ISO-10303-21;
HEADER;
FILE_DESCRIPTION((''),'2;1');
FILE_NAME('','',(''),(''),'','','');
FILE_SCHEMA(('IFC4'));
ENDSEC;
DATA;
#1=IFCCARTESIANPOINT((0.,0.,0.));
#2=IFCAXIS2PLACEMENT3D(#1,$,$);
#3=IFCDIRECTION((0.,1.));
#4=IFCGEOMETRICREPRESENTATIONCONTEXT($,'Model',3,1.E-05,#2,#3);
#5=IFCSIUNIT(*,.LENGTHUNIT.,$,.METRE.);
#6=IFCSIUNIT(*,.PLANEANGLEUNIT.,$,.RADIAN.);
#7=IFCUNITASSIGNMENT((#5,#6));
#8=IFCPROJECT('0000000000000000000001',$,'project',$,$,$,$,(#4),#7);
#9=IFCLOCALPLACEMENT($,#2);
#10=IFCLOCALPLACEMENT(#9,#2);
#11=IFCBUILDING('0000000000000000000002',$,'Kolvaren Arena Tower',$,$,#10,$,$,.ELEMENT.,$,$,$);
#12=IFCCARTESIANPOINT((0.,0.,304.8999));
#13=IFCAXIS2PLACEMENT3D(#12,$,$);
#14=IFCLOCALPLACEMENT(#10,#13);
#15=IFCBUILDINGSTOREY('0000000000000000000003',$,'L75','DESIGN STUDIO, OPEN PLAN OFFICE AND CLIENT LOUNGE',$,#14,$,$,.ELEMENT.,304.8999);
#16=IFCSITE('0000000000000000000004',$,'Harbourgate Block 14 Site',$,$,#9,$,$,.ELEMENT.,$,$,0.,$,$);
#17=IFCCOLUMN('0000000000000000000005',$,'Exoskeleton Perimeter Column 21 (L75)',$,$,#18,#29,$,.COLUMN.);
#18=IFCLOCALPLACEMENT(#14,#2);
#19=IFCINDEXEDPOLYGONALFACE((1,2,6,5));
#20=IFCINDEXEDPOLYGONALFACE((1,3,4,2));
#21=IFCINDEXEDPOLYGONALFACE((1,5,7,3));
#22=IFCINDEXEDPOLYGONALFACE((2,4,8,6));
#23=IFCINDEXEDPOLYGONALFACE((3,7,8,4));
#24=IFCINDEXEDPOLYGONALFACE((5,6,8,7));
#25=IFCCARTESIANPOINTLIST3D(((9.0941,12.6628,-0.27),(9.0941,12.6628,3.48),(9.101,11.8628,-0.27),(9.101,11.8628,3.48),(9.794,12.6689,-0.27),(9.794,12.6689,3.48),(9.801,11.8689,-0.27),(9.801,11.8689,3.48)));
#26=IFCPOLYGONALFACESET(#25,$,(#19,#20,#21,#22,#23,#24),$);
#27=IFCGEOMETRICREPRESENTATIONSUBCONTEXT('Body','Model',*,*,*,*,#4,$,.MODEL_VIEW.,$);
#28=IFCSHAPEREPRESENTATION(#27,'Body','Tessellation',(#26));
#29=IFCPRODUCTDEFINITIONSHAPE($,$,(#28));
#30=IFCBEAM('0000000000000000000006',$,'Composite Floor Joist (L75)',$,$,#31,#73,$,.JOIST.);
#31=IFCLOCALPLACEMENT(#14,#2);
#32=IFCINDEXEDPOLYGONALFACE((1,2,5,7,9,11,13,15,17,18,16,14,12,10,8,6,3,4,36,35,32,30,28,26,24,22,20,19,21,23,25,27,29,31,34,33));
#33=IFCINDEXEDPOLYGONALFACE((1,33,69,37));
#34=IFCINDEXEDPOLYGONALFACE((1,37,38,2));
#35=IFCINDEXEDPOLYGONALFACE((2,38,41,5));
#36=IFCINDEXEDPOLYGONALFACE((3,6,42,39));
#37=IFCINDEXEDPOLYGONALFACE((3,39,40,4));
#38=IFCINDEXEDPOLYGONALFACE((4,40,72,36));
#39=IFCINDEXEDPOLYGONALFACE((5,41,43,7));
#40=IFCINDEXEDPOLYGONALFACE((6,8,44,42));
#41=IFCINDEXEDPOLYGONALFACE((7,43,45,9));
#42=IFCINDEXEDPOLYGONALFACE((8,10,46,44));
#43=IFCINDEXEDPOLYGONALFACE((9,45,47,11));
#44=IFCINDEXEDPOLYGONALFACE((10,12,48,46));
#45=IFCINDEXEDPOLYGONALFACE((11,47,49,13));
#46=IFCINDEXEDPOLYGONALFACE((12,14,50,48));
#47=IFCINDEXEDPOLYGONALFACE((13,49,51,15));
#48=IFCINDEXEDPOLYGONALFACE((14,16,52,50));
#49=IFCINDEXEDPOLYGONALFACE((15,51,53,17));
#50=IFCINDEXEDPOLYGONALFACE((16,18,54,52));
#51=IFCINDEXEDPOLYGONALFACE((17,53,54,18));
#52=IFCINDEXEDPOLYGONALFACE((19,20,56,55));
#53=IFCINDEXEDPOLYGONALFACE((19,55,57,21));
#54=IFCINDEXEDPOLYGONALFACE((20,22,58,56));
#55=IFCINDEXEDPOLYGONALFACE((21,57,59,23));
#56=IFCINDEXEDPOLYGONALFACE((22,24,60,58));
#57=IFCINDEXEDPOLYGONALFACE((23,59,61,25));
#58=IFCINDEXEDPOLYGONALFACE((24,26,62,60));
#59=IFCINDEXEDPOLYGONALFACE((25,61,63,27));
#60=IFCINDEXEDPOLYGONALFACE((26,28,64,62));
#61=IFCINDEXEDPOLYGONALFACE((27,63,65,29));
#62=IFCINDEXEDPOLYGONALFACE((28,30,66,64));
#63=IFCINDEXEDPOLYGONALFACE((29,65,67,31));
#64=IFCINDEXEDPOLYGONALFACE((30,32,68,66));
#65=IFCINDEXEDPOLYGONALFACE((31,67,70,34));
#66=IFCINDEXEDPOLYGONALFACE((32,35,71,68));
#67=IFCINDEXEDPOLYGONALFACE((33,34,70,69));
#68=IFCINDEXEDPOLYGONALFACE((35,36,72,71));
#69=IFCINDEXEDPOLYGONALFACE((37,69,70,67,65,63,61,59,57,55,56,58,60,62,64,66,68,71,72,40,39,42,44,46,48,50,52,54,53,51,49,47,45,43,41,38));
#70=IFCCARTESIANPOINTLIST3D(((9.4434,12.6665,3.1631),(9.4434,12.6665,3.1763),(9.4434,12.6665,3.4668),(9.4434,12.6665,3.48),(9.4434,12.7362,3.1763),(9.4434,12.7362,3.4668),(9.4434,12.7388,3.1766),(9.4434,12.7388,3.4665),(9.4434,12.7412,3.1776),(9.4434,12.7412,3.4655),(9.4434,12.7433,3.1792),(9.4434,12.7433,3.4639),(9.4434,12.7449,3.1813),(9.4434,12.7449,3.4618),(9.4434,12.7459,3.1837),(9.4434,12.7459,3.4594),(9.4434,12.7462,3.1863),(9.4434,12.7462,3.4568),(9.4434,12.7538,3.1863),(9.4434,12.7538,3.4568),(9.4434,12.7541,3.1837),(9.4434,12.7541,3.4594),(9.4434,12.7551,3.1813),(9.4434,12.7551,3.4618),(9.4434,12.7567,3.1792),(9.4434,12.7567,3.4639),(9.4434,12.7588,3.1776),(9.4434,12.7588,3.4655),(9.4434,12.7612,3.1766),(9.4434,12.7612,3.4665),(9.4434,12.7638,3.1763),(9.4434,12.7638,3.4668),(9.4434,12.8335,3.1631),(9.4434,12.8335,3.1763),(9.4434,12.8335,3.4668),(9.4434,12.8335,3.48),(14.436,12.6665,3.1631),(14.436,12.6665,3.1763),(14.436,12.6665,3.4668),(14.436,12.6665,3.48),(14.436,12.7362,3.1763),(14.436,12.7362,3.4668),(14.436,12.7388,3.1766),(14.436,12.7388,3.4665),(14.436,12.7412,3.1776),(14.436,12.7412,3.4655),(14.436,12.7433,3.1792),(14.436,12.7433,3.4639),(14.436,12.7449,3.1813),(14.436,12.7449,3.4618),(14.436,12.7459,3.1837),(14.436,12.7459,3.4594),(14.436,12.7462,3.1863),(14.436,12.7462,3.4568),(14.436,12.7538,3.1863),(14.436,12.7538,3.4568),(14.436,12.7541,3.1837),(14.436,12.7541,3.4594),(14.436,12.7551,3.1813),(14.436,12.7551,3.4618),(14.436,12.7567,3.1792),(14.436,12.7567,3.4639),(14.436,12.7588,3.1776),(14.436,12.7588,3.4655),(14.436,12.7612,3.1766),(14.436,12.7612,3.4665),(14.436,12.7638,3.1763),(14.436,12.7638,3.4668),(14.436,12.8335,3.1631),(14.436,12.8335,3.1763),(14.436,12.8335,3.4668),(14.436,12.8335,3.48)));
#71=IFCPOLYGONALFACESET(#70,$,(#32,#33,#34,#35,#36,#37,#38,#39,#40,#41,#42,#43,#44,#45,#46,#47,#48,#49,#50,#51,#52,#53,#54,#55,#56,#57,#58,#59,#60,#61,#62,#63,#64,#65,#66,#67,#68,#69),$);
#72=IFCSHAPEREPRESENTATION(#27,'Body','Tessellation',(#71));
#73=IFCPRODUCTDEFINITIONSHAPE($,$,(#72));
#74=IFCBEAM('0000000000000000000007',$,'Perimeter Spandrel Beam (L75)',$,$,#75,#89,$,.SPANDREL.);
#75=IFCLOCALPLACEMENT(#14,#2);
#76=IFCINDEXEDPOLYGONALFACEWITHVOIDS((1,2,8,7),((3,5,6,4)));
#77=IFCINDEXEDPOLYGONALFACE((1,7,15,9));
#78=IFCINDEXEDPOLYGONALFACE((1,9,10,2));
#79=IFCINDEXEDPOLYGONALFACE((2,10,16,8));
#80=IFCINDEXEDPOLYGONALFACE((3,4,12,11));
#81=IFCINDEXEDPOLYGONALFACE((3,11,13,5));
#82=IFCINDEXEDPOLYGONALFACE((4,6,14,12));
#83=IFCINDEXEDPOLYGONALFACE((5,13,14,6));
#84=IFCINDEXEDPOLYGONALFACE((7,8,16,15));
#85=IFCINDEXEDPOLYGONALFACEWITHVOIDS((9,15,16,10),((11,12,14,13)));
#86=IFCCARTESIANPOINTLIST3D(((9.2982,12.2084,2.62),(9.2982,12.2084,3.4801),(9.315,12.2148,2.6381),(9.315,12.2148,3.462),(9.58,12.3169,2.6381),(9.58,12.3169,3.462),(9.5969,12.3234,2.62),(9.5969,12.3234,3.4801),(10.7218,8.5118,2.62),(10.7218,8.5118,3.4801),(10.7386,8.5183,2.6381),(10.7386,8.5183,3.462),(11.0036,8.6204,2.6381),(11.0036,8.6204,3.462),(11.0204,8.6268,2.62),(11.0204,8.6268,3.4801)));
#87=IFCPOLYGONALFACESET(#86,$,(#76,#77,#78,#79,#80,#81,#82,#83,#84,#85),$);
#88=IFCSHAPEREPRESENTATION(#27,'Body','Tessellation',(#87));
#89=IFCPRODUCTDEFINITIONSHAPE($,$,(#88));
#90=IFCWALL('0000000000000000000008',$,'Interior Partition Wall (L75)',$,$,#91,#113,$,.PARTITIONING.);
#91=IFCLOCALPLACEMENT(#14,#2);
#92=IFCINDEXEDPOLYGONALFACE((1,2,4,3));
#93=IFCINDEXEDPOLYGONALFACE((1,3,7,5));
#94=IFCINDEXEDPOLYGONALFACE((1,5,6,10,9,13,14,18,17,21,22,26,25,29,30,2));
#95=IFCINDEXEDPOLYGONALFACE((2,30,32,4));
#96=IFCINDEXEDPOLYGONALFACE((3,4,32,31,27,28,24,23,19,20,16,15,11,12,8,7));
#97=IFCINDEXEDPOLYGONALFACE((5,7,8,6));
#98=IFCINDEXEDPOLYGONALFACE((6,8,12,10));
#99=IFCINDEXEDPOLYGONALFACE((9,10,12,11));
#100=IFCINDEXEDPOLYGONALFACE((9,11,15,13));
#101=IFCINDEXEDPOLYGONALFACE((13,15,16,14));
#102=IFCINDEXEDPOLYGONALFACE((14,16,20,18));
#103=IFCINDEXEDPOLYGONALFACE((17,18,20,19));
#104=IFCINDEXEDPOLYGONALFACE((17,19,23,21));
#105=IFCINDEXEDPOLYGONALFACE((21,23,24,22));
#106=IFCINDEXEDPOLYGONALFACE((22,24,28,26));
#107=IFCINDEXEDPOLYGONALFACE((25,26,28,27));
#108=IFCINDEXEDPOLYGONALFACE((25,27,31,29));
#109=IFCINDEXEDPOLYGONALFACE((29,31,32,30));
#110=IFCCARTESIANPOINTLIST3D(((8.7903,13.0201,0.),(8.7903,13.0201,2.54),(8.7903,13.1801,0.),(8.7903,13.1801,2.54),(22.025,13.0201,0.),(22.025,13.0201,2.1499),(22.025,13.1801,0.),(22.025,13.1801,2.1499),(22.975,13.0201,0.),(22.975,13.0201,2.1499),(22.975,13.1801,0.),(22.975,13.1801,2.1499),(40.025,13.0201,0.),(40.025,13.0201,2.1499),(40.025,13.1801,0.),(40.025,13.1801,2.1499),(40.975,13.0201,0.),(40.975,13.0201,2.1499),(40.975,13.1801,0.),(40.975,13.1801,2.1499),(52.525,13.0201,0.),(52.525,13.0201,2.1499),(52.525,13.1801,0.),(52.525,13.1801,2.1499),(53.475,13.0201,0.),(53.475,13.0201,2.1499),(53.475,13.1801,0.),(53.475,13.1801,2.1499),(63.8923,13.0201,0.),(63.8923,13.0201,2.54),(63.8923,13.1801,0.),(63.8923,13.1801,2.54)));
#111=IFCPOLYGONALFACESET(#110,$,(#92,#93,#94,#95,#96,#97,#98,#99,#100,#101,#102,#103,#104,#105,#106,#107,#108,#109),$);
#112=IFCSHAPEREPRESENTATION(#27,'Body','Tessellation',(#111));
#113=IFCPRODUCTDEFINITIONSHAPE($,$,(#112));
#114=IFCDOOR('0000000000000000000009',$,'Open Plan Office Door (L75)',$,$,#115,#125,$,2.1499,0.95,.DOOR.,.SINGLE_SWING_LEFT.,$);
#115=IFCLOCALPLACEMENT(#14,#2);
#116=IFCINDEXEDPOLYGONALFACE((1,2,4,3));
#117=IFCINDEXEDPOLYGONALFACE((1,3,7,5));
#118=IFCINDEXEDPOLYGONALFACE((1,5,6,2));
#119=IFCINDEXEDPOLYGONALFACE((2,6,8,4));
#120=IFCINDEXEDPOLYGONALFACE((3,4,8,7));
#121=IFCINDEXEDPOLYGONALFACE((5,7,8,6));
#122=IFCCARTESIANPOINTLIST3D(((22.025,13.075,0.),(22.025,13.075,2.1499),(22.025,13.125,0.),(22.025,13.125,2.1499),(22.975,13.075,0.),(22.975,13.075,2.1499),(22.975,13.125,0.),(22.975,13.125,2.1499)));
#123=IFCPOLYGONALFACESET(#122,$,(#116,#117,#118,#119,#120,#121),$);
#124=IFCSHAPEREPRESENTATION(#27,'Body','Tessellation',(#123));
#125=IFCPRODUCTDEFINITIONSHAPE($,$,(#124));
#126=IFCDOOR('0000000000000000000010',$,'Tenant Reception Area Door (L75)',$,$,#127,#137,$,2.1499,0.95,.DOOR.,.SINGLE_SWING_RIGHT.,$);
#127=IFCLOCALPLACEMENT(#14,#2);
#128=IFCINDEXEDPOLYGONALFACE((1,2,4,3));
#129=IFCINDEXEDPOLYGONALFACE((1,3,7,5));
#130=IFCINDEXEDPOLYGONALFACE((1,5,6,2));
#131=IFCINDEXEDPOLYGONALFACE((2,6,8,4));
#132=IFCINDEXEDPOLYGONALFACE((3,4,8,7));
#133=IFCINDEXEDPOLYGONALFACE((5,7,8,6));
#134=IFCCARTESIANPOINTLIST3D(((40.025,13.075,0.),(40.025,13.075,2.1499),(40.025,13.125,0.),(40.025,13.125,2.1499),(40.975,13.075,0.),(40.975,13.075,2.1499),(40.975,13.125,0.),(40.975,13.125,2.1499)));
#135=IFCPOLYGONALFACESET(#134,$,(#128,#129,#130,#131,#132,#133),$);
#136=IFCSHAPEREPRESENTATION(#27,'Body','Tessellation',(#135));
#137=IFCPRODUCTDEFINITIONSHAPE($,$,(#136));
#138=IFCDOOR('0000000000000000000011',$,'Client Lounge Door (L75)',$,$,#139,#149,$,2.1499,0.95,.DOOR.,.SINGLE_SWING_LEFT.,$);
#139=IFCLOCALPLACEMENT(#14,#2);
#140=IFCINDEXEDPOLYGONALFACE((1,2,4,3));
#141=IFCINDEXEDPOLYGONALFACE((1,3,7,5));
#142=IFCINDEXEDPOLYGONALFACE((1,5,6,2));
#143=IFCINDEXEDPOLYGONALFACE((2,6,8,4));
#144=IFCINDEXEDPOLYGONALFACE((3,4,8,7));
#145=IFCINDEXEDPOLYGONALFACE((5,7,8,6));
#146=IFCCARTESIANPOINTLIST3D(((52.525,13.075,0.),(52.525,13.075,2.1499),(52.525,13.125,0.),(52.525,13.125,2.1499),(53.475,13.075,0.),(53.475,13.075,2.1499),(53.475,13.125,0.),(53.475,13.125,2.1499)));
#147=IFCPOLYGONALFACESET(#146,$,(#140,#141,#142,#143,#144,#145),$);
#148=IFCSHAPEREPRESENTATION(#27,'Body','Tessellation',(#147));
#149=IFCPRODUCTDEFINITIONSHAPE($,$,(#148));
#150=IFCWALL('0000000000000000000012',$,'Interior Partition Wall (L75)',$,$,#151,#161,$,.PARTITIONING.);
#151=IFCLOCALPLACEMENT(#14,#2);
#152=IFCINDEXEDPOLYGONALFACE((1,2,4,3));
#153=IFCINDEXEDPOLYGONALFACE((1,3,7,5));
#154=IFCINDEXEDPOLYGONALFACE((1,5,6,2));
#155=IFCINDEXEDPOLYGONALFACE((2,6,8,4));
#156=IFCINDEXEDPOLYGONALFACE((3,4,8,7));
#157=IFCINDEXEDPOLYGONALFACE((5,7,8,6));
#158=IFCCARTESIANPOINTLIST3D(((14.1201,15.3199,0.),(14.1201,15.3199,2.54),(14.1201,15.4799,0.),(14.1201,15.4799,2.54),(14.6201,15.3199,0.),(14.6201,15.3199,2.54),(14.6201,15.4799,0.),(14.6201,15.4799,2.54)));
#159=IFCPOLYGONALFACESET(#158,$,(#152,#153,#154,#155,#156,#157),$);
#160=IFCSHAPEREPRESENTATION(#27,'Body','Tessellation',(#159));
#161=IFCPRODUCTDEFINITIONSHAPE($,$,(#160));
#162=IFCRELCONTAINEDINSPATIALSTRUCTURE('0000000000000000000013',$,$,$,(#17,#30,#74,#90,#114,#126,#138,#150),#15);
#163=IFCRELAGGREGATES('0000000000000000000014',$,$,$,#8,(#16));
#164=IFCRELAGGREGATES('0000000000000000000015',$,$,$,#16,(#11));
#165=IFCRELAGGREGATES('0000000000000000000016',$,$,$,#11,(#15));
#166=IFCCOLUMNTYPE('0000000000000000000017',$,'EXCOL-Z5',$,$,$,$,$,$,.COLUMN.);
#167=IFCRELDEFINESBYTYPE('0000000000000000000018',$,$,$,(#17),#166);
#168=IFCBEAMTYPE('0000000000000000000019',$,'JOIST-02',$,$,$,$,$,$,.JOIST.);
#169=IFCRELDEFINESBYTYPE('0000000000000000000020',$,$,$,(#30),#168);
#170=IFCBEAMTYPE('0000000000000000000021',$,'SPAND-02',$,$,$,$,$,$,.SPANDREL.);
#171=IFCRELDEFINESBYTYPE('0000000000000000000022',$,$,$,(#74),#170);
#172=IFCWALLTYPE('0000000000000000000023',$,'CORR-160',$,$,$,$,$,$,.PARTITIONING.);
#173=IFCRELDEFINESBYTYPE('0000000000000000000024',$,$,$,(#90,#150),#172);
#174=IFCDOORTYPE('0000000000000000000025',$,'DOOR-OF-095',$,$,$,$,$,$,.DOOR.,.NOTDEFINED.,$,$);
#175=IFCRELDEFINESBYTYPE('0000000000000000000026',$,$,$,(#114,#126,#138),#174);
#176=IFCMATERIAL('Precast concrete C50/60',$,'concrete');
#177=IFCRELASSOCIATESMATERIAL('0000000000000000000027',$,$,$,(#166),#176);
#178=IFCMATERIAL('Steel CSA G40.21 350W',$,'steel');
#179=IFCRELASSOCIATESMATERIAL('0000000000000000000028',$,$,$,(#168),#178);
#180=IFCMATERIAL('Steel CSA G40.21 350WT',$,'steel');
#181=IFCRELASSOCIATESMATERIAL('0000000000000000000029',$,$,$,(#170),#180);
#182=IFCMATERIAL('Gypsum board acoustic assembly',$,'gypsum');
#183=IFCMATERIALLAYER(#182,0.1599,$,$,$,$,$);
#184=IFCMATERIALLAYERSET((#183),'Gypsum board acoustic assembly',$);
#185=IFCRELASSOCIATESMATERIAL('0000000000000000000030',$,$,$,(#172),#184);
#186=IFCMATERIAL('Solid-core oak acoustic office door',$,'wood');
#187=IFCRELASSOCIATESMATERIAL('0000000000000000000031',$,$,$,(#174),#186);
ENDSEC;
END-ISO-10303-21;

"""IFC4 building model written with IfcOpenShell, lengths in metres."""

from ifc_helpers import new_model, si_unit, direction, frame, frame_2d, origin, origin_2d, place, context, subcontext, project, spatial, rectangle, hollow_rectangle, i_section, extrude, material, layer, layer_set, material_profile, profile_set, type_object, element, fill, save


model = new_model("IFC4")

# Units and contexts
model_context = context("Model", 3, precision=1e-05, world=origin(), true_north=direction((0.0, 1.0)))
body_context = subcontext(model_context, "Body", "Model", "MODEL_VIEW")
ifc_project = project(units=[si_unit("LENGTHUNIT", "METRE"), si_unit("PLANEANGLEUNIT", "RADIAN")], contexts=[model_context])

# Site, building, storey
site_placement = place(None, origin())
site = spatial("IfcSite", under=ifc_project, at=site_placement, Name="Harbourgate Block 14 Site", CompositionType="ELEMENT", RefElevation=0.0)
building_placement = place(site_placement, origin())
building = spatial("IfcBuilding", under=site, at=building_placement, Name="Kolvaren Arena Tower", CompositionType="ELEMENT")
storey_placement = place(building_placement, frame((0.0, 0.0, 304.8999)))
storey = spatial("IfcBuildingStorey", under=building, at=storey_placement, Name="L75", Description="DESIGN STUDIO, OPEN PLAN OFFICE AND CLIENT LOUNGE", CompositionType="ELEMENT", Elevation=304.8999)

# Column
ifc_material_1 = material(Name="Precast concrete C50/60", Category="concrete")
ifc_material_profile_1 = material_profile(ifc_material_1, rectangle(XDim=0.8, YDim=0.7, at=origin_2d()), Name="RC-800x700")
ifc_profile_set_1 = profile_set([ifc_material_profile_1], Name="Precast concrete C50/60")
column_type = type_object("IfcColumnType", Name="EXCOL-Z5", PredefinedType="COLUMN", material=ifc_profile_set_1)
column_placement = place(storey_placement, frame((9.4475, 12.2659, -0.27), z_axis=(0.0, 0.0, 1.0), x_axis=(-0.008727, 0.999962, 0.0)))
element("IfcColumn", 1, at=column_placement, inside=storey, type_object=column_type, Name="Exoskeleton Perimeter Column 21 (L75)", PredefinedType="COLUMN", context=body_context, shape_type="SweptSolid", body=[
    extrude(rectangle(XDim=0.8, YDim=0.7, at=origin_2d()), origin(), (0.0, 0.0, 1.0), 3.75),
])

# Beams
ifc_material_2 = material(Name="Steel CSA G40.21 350W", Category="steel")
ifc_material_profile_2 = material_profile(ifc_material_2, i_section(OverallWidth=0.167, OverallDepth=0.3169, WebThickness=0.0076, FlangeThickness=0.0132, FilletRadius=0.01, at=origin_2d()), Name="W310x52")
ifc_profile_set_2 = profile_set([ifc_material_profile_2], Name="Steel CSA G40.21 350W")
beam_type_1 = type_object("IfcBeamType", Name="JOIST-02", PredefinedType="JOIST", material=ifc_profile_set_2)
beam_1_placement = place(storey_placement, frame((9.4434, 12.75, 3.3215), z_axis=(1.0, 0.0, 0.0), x_axis=(0.0, 1.0, 0.0)))
element("IfcBeam", 2, at=beam_1_placement, inside=storey, type_object=beam_type_1, Name="Composite Floor Joist (L75)", PredefinedType="JOIST", context=body_context, shape_type="SweptSolid", body=[
    extrude(i_section(OverallWidth=0.167, OverallDepth=0.3169, WebThickness=0.0076, FlangeThickness=0.0132, FilletRadius=0.01, at=origin_2d()), origin(), (0.0, 0.0, 1.0), 4.9927),
])
ifc_material_3 = material(Name="Steel CSA G40.21 350WT", Category="steel")
ifc_material_profile_3 = material_profile(ifc_material_3, hollow_rectangle(XDim=0.3201, YDim=0.8601, WallThickness=0.0181, at=origin_2d()), Name="HSS 860x320x18")
ifc_profile_set_3 = profile_set([ifc_material_profile_3], Name="Steel CSA G40.21 350WT")
beam_type_2 = type_object("IfcBeamType", Name="SPAND-02", PredefinedType="SPANDREL", material=ifc_profile_set_3)
beam_2_placement = place(storey_placement, frame((9.4475, 12.2659, 3.05), z_axis=(0.359384, -0.93319, 0.0), x_axis=(0.93319, 0.359384, 0.0)))
element("IfcBeam", 3, at=beam_2_placement, inside=storey, type_object=beam_type_2, Name="Perimeter Spandrel Beam (L75)", PredefinedType="SPANDREL", context=body_context, shape_type="SweptSolid", body=[
    extrude(hollow_rectangle(XDim=0.3201, YDim=0.8601, WallThickness=0.0181, at=origin_2d()), origin(), (0.0, 0.0, 1.0), 3.9612),
])

# Wall, openings, doors
ifc_material_4 = material(Name="Gypsum board acoustic assembly", Category="gypsum")
ifc_layer_1 = layer(ifc_material_4, 0.1599)
ifc_layer_set_1 = layer_set([ifc_layer_1], Name="Gypsum board acoustic assembly")
wall_type_1 = type_object("IfcWallType", Name="CORR-160", PredefinedType="PARTITIONING", material=ifc_layer_set_1)
wall_1_placement = place(storey_placement, frame((8.7903, 13.1001, 0.0), z_axis=(0.0, 0.0, 1.0), x_axis=(1.0, 0.0, 0.0)))
wall_1 = element("IfcWall", 4, at=wall_1_placement, inside=storey, type_object=wall_type_1, Name="Interior Partition Wall (L75)", PredefinedType="PARTITIONING", context=body_context, shape_type="SweptSolid", body=[
    extrude(rectangle(XDim=55.1021, YDim=0.1599, at=frame_2d((27.551, 0.0))), origin(), (0.0, 0.0, 1.0), 2.54),
])
opening_1_placement = place(wall_1_placement, frame((13.2346, 0.0, 0.0)))
opening_1 = element("IfcOpeningElement", 5, at=opening_1_placement, cuts=wall_1, PredefinedType="OPENING", context=body_context, shape_type="SweptSolid", body=[
    extrude(rectangle(XDim=0.95, YDim=2.1499, at=frame_2d((0.4751, 1.075))), frame((0.0, 0.0898, 0.0), z_axis=(0.0, -1.0, 0.0), x_axis=(1.0, 0.0, 0.0)), (0.0, 0.0, 1.0), 0.1799),
])
opening_2_placement = place(wall_1_placement, frame((31.2346, 0.0, 0.0)))
opening_2 = element("IfcOpeningElement", 6, at=opening_2_placement, cuts=wall_1, PredefinedType="OPENING", context=body_context, shape_type="SweptSolid", body=[
    extrude(rectangle(XDim=0.95, YDim=2.1499, at=frame_2d((0.4751, 1.075))), frame((0.0, 0.0898, 0.0), z_axis=(0.0, -1.0, 0.0), x_axis=(1.0, 0.0, 0.0)), (0.0, 0.0, 1.0), 0.1799),
])
opening_3_placement = place(wall_1_placement, frame((43.7346, 0.0, 0.0)))
opening_3 = element("IfcOpeningElement", 7, at=opening_3_placement, cuts=wall_1, PredefinedType="OPENING", context=body_context, shape_type="SweptSolid", body=[
    extrude(rectangle(XDim=0.95, YDim=2.1499, at=frame_2d((0.4751, 1.075))), frame((0.0, 0.0898, 0.0), z_axis=(0.0, -1.0, 0.0), x_axis=(1.0, 0.0, 0.0)), (0.0, 0.0, 1.0), 0.1799),
])
ifc_material_5 = material(Name="Solid-core oak acoustic office door", Category="wood")
door_type_1 = type_object("IfcDoorType", Name="DOOR-OF-095", OperationType="NOTDEFINED", PredefinedType="DOOR", material=ifc_material_5)
door_1_placement = place(opening_1_placement, origin())
door_1 = element("IfcDoor", 8, at=door_1_placement, inside=storey, type_object=door_type_1, Name="Open Plan Office Door (L75)", OperationType="SINGLE_SWING_LEFT", OverallHeight=2.1499, OverallWidth=0.95, PredefinedType="DOOR", context=body_context, shape_type="SweptSolid", body=[
    extrude(rectangle(XDim=0.95, YDim=2.1499, at=frame_2d((0.4751, 1.075))), frame((0.0, 0.0249, 0.0), z_axis=(0.0, -1.0, 0.0), x_axis=(1.0, 0.0, 0.0)), (0.0, 0.0, 1.0), 0.05),
])
fill(opening_1, door_1)
door_2_placement = place(opening_2_placement, origin())
door_2 = element("IfcDoor", 9, at=door_2_placement, inside=storey, type_object=door_type_1, Name="Tenant Reception Area Door (L75)", OperationType="SINGLE_SWING_RIGHT", OverallHeight=2.1499, OverallWidth=0.95, PredefinedType="DOOR", context=body_context, shape_type="SweptSolid", body=[
    extrude(rectangle(XDim=0.95, YDim=2.1499, at=frame_2d((0.4751, 1.075))), frame((0.0, 0.0249, 0.0), z_axis=(0.0, -1.0, 0.0), x_axis=(1.0, 0.0, 0.0)), (0.0, 0.0, 1.0), 0.05),
])
fill(opening_2, door_2)
door_3_placement = place(opening_3_placement, origin())
door_3 = element("IfcDoor", 10, at=door_3_placement, inside=storey, type_object=door_type_1, Name="Client Lounge Door (L75)", OperationType="SINGLE_SWING_LEFT", OverallHeight=2.1499, OverallWidth=0.95, PredefinedType="DOOR", context=body_context, shape_type="SweptSolid", body=[
    extrude(rectangle(XDim=0.95, YDim=2.1499, at=frame_2d((0.4751, 1.075))), frame((0.0, 0.0249, 0.0), z_axis=(0.0, -1.0, 0.0), x_axis=(1.0, 0.0, 0.0)), (0.0, 0.0, 1.0), 0.05),
])
fill(opening_3, door_3)

# Wall
wall_2_placement = place(storey_placement, frame((14.1201, 15.3999, 0.0), z_axis=(0.0, 0.0, 1.0), x_axis=(1.0, 0.0, 0.0)))
element("IfcWall", 11, at=wall_2_placement, inside=storey, type_object=wall_type_1, Name="Interior Partition Wall (L75)", PredefinedType="PARTITIONING", context=body_context, shape_type="SweptSolid", body=[
    extrude(rectangle(XDim=0.5, YDim=0.1599, at=frame_2d((0.25, 0.0))), origin(), (0.0, 0.0, 1.0), 2.54),
])

save(model, "model.ifc")
